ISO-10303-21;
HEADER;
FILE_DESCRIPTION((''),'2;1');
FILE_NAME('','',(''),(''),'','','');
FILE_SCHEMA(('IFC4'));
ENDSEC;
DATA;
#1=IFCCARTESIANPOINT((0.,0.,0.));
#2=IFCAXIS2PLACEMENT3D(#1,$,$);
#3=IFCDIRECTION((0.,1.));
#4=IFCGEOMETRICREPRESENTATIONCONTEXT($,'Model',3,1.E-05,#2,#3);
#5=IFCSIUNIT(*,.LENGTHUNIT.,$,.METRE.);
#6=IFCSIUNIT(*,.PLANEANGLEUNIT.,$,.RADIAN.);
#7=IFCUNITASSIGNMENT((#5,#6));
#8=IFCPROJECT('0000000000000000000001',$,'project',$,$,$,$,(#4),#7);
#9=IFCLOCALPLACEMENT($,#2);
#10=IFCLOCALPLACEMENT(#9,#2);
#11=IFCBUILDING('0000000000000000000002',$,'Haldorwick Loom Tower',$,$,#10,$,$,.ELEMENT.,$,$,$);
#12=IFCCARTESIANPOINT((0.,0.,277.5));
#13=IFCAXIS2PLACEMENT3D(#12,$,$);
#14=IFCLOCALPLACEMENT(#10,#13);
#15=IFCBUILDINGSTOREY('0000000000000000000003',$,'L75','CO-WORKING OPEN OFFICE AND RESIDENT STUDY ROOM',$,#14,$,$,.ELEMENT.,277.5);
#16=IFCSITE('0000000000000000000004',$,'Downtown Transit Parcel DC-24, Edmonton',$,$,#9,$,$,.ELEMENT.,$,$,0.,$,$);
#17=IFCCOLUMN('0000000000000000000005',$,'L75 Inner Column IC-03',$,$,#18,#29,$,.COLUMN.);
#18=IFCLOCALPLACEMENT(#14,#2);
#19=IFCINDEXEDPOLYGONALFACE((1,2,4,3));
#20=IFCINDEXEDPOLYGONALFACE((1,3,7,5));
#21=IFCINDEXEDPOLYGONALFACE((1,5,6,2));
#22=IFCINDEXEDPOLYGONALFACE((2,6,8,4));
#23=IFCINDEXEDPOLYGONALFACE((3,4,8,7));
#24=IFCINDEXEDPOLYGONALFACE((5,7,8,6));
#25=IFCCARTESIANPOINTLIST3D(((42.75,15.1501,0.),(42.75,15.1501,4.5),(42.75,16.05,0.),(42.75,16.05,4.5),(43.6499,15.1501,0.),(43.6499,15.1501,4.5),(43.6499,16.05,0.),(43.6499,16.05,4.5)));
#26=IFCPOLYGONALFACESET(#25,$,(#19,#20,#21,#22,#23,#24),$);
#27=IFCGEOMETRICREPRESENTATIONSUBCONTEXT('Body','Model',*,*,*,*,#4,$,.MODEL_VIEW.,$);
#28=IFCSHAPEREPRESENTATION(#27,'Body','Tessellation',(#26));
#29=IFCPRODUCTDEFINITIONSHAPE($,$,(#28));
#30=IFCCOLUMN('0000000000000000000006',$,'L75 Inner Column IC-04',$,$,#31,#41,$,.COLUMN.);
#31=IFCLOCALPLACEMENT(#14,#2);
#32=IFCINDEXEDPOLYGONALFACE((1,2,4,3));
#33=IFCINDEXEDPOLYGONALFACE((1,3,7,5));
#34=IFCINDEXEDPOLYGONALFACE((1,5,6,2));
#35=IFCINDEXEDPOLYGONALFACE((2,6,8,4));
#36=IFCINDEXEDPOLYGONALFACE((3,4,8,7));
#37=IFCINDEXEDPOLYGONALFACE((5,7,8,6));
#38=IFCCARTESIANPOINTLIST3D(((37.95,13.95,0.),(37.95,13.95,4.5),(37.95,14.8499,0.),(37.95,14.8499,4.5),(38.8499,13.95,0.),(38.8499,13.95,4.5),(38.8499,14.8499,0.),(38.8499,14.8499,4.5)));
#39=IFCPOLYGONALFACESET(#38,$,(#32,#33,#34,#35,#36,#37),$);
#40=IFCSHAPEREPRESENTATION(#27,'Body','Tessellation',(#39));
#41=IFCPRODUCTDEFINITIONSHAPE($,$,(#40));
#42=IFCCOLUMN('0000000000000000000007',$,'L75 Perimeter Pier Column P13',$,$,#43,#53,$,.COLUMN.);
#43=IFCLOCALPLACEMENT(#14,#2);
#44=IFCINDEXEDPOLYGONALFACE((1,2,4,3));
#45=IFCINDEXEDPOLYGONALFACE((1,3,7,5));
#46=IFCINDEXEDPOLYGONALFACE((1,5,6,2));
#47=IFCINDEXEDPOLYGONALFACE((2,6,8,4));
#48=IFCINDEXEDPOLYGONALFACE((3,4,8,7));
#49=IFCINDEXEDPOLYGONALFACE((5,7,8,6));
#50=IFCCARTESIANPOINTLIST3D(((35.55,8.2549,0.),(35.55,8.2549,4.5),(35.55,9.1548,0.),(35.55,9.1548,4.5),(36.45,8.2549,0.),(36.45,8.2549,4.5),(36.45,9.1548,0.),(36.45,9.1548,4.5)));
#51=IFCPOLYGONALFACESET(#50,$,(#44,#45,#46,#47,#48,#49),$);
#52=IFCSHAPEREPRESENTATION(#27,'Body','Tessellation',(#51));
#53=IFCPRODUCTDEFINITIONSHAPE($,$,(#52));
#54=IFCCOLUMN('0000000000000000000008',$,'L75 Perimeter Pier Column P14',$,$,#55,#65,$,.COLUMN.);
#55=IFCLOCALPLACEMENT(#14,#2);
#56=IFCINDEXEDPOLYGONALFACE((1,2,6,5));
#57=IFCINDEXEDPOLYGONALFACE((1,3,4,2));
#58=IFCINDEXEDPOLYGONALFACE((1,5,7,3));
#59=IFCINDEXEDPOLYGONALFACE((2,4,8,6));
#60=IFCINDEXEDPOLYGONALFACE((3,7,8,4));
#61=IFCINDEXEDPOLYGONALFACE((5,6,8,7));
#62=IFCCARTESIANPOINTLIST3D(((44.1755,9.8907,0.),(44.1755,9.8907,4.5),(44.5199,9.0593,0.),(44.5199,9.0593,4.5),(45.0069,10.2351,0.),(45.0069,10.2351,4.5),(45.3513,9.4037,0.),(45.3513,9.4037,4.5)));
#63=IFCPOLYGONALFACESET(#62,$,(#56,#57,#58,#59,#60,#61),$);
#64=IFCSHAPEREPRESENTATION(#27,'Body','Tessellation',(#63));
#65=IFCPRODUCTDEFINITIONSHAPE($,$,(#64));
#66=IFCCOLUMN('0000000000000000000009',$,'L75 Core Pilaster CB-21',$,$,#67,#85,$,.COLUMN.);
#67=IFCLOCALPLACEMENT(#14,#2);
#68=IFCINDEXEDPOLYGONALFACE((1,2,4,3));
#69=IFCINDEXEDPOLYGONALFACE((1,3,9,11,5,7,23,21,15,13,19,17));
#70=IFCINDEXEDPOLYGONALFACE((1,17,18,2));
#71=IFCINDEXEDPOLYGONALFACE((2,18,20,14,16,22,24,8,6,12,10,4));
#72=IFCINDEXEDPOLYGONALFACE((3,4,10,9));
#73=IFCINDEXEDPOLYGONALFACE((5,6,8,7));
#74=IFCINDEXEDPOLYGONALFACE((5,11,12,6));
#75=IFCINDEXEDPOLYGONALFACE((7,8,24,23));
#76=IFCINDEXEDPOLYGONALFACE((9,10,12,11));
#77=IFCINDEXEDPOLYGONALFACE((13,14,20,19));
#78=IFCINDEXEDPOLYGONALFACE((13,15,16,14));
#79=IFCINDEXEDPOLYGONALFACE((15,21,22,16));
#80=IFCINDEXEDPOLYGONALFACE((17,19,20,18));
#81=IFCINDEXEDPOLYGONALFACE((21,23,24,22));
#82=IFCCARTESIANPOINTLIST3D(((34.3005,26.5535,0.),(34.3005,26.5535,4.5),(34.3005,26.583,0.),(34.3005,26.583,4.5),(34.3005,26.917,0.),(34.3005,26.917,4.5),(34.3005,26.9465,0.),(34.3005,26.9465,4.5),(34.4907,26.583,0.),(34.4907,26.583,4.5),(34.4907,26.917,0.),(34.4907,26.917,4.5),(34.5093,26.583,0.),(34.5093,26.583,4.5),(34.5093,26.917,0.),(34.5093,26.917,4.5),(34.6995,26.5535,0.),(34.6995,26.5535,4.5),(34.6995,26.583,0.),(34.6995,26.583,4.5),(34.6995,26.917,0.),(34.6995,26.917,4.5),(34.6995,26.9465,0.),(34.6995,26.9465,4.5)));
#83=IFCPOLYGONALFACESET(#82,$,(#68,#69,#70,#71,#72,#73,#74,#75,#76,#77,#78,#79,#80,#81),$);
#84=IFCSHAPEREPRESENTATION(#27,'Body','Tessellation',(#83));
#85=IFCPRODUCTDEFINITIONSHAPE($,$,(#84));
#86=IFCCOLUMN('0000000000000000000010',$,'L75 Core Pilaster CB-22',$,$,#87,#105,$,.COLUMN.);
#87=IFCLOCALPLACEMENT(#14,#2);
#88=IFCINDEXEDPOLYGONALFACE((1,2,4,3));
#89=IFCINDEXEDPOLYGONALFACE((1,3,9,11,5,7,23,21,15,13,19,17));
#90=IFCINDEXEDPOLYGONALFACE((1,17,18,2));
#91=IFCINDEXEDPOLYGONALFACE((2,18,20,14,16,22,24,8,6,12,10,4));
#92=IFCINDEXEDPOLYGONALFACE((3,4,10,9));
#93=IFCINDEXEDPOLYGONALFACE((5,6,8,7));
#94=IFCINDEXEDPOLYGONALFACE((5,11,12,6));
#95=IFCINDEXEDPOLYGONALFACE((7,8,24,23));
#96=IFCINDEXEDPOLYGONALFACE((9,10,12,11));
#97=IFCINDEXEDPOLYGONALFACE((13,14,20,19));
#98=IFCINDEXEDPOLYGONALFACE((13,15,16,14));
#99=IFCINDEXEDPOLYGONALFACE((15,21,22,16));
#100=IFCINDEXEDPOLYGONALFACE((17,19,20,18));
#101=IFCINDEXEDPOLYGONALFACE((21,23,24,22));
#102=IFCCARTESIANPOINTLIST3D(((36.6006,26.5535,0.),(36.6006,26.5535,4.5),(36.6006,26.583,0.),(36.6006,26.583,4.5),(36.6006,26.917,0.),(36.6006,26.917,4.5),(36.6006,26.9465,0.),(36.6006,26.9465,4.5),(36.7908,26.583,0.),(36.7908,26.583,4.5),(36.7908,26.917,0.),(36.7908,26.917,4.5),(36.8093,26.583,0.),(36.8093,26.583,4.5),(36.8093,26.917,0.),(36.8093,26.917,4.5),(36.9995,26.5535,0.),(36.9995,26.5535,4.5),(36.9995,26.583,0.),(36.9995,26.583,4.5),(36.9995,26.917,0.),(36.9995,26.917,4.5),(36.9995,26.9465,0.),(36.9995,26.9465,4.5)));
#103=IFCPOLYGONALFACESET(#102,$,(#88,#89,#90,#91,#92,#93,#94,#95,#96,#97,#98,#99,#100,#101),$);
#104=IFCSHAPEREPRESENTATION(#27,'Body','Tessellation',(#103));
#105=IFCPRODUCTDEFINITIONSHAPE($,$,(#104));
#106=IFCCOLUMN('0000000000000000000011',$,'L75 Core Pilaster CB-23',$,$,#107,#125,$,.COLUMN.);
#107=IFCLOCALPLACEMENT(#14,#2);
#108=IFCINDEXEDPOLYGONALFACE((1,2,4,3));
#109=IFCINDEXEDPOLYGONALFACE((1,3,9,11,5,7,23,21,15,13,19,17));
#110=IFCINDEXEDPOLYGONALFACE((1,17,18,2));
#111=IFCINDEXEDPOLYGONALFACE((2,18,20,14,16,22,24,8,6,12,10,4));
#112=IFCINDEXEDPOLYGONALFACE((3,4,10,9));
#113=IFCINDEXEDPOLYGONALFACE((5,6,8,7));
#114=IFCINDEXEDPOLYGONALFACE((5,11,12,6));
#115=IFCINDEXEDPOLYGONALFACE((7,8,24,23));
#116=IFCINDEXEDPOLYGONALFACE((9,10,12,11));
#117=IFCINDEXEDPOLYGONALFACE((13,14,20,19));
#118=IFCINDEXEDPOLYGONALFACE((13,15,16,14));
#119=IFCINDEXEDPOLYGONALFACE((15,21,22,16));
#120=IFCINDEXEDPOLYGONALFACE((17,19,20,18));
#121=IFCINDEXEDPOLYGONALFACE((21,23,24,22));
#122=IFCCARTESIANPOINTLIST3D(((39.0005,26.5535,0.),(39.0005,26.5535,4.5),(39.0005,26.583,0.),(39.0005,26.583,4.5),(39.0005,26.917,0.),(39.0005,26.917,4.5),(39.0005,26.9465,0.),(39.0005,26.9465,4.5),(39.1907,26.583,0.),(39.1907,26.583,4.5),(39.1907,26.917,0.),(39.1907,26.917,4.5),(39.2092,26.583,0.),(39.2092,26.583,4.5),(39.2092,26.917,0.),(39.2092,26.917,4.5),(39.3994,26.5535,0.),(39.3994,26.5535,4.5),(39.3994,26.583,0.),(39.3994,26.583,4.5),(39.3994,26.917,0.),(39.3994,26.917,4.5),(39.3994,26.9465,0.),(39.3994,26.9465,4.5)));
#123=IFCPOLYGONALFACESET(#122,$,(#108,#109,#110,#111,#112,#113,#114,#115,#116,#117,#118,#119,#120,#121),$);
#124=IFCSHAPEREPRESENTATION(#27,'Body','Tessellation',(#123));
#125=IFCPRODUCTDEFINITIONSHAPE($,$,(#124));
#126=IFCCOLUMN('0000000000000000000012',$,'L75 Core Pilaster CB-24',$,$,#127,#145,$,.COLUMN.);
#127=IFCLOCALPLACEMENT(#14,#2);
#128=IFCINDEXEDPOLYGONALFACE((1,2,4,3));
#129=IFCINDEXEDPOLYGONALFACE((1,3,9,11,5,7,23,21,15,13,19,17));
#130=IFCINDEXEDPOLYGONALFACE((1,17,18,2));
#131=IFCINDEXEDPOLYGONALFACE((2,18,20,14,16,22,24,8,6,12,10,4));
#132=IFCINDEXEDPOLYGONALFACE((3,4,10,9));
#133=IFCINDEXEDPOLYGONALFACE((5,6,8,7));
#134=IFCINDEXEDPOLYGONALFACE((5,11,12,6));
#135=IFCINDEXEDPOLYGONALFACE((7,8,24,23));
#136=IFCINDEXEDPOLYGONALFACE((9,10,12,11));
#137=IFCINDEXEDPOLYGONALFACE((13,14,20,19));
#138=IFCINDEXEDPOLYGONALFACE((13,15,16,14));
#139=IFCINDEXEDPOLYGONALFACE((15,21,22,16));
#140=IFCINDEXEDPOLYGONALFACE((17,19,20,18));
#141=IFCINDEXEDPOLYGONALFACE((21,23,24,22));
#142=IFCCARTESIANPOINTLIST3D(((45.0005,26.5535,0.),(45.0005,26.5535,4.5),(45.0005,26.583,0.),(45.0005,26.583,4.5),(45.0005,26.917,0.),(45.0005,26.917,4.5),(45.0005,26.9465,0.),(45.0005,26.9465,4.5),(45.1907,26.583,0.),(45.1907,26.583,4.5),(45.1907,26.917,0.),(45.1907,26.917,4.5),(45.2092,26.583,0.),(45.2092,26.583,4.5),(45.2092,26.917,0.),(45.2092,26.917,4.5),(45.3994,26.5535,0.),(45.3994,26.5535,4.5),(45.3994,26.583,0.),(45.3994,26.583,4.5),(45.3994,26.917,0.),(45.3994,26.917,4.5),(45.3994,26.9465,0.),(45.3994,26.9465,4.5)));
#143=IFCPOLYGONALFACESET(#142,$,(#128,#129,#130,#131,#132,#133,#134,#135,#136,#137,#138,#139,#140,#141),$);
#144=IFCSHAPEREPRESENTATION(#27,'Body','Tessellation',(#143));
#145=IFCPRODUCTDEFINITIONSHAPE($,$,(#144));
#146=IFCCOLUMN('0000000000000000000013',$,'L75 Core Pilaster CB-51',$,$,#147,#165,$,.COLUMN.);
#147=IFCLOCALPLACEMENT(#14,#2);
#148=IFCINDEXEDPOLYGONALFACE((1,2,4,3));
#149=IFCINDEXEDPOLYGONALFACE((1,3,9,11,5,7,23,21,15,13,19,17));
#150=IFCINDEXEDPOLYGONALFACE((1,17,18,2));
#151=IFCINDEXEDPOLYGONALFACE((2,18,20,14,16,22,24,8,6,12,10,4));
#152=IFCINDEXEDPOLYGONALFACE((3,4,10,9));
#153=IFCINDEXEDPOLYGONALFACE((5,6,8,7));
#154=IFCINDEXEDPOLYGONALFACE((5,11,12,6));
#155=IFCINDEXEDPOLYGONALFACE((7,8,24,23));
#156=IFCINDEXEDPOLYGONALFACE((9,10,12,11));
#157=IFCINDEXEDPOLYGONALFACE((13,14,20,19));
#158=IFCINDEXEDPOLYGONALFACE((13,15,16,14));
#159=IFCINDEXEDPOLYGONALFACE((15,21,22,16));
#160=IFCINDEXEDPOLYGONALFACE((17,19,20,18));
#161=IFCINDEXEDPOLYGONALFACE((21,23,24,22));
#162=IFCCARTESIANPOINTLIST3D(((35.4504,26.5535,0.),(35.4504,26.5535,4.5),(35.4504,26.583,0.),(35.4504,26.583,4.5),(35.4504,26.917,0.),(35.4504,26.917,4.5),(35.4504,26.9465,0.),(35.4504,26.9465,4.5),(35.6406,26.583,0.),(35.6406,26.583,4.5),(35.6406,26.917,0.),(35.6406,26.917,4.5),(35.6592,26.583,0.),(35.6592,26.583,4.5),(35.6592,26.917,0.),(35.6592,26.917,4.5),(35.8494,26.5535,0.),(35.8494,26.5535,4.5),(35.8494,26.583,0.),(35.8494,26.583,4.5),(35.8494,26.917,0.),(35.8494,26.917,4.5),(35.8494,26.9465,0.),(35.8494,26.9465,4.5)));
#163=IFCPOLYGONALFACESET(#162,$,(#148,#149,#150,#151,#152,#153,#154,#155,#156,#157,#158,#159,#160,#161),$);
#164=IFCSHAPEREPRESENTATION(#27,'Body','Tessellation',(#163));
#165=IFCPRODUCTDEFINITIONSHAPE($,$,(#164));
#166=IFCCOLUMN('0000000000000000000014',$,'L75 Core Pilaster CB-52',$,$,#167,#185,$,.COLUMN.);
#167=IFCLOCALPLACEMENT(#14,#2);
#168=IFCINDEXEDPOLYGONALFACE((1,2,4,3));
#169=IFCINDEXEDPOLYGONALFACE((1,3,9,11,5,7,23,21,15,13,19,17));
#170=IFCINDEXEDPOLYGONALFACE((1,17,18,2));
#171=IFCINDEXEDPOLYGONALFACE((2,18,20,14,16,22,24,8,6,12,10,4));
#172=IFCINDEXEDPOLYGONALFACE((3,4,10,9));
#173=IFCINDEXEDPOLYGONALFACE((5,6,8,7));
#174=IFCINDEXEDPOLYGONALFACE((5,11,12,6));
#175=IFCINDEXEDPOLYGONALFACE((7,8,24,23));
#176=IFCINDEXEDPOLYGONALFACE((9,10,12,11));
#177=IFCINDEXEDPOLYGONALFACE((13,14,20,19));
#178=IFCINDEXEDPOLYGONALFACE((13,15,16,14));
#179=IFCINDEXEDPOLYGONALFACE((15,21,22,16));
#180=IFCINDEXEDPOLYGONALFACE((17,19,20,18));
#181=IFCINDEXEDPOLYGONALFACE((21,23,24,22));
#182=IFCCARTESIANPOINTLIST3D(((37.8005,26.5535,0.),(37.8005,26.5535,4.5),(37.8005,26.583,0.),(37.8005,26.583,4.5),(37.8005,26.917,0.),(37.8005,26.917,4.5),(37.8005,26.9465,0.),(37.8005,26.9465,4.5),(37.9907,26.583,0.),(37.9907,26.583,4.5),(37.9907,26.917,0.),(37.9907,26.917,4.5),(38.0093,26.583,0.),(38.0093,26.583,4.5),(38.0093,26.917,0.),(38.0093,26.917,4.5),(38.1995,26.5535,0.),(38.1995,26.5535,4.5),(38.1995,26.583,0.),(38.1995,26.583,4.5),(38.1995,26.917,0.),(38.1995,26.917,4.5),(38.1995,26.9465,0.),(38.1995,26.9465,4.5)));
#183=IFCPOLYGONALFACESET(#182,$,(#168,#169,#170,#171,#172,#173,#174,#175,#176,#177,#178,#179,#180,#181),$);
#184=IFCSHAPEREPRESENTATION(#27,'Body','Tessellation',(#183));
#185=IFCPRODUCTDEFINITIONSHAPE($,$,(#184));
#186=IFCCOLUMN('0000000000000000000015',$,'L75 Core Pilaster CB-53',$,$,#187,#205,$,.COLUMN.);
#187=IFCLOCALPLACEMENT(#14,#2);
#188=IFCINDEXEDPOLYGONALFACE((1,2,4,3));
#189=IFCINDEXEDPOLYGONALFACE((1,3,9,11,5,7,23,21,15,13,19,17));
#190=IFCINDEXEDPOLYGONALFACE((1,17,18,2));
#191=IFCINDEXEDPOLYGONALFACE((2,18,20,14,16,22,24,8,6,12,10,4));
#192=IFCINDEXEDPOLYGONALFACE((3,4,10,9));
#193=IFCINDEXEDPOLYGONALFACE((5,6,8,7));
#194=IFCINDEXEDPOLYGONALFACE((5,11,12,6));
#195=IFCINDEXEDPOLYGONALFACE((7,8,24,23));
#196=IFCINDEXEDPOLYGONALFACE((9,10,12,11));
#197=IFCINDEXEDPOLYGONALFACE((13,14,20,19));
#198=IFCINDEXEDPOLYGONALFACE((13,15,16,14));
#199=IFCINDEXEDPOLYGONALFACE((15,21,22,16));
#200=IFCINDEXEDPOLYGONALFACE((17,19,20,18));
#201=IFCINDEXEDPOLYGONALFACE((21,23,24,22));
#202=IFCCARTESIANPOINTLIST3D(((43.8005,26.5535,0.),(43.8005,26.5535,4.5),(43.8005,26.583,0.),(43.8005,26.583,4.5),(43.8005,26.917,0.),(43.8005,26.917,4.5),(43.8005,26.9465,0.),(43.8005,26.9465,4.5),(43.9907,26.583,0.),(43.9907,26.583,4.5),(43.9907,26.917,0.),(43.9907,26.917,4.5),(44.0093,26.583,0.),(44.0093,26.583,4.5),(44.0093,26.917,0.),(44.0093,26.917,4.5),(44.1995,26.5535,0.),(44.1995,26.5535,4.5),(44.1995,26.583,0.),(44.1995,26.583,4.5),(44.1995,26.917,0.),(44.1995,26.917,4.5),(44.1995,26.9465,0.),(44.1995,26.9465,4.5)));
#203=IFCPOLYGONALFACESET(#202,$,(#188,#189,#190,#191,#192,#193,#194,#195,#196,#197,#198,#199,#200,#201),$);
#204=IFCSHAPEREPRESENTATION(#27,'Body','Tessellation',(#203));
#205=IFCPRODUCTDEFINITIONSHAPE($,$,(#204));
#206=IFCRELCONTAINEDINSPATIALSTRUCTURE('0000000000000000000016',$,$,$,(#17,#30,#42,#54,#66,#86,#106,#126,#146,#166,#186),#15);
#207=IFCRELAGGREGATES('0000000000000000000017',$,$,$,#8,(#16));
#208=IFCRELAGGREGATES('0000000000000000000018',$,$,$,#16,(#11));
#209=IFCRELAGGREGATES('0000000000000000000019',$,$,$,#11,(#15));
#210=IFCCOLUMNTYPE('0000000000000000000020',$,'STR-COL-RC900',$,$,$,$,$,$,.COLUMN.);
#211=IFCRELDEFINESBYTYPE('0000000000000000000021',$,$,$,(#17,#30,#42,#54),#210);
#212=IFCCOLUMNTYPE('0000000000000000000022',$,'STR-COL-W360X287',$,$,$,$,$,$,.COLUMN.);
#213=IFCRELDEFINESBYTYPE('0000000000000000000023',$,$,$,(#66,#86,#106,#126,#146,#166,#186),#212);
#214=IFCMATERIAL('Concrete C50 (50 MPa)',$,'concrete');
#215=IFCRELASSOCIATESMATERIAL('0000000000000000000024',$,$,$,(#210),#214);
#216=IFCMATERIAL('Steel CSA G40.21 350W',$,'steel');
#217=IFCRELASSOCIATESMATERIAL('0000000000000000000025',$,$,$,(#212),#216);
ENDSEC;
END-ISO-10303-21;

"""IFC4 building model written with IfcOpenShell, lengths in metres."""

from ifc_helpers import new_model, si_unit, direction, frame, origin, origin_2d, place, context, subcontext, project, spatial, rectangle, i_section, extrude, material, material_profile, profile_set, type_object, element, save


model = new_model("IFC4")

# Units and contexts
model_context = context("Model", 3, precision=1e-05, world=origin(), true_north=direction((0.0, 1.0)))
body_context = subcontext(model_context, "Body", "Model", "MODEL_VIEW")
ifc_project = project(units=[si_unit("LENGTHUNIT", "METRE"), si_unit("PLANEANGLEUNIT", "RADIAN")], contexts=[model_context])

# Site, building, storey
site_placement = place(None, origin())
site = spatial("IfcSite", under=ifc_project, at=site_placement, Name="Downtown Transit Parcel DC-24, Edmonton", CompositionType="ELEMENT", RefElevation=0.0)
building_placement = place(site_placement, origin())
building = spatial("IfcBuilding", under=site, at=building_placement, Name="Haldorwick Loom Tower", CompositionType="ELEMENT")
storey_placement = place(building_placement, frame((0.0, 0.0, 277.5)))
storey = spatial("IfcBuildingStorey", under=building, at=storey_placement, Name="L75", Description="CO-WORKING OPEN OFFICE AND RESIDENT STUDY ROOM", CompositionType="ELEMENT", Elevation=277.5)

# Columns
ifc_material_1 = material(Name="Concrete C50 (50 MPa)", Category="concrete")
ifc_material_profile_1 = material_profile(ifc_material_1, rectangle(XDim=0.8999, YDim=0.8999, at=origin_2d()), Name="RC900X900", Category="concrete")
ifc_profile_set_1 = profile_set([ifc_material_profile_1], Name="Concrete C50 (50 MPa)")
column_type_1 = type_object("IfcColumnType", Name="STR-COL-RC900", PredefinedType="COLUMN", material=ifc_profile_set_1)
for number, where, z_axis, x_axis, name in (
    (1, (43.2, 15.6001, 0.0), (0.0, 0.0, 1.0), (1.0, 0.0, 0.0), "L75 Inner Column IC-03"),
    (2, (38.3999, 14.3999, 0.0), (0.0, 0.0, 1.0), (1.0, 0.0, 0.0), "L75 Inner Column IC-04"),
    (3, (36.0, 8.7048, 0.0), (0.0, 0.0, 1.0), (0.0, -1.0, 0.0), "L75 Perimeter Pier Column P13"),
    (4, (44.7634, 9.6472, 0.0), (0.0, 0.0, 1.0), (0.382683, -0.92388, 0.0), "L75 Perimeter Pier Column P14"),
):
    element("IfcColumn", number, at=place(storey_placement, frame(where, z_axis=z_axis, x_axis=x_axis)), inside=storey, type_object=column_type_1, Name=name, PredefinedType="COLUMN", context=body_context, shape_type="SweptSolid", body=[
        extrude(rectangle(XDim=0.8999, YDim=0.8999, at=origin_2d()), origin(), (0.0, 0.0, 1.0), 4.5),
    ])
ifc_material_2 = material(Name="Steel CSA G40.21 350W", Category="steel")
ifc_material_profile_2 = material_profile(ifc_material_2, i_section(OverallWidth=0.3989, OverallDepth=0.3931, WebThickness=0.0186, FlangeThickness=0.0295, at=origin_2d()), Name="W360X287", Category="steel")
ifc_profile_set_2 = profile_set([ifc_material_profile_2], Name="Steel CSA G40.21 350W")
column_type_2 = type_object("IfcColumnType", Name="STR-COL-W360X287", PredefinedType="COLUMN", material=ifc_profile_set_2)
for number, where, z_axis, x_axis, name in (
    (5, (34.5, 26.75, 0.0), (0.0, 0.0, 1.0), (1.0, 0.0, 0.0), "L75 Core Pilaster CB-21"),
    (6, (36.8, 26.75, 0.0), (0.0, 0.0, 1.0), (1.0, 0.0, 0.0), "L75 Core Pilaster CB-22"),
    (7, (39.2, 26.75, 0.0), (0.0, 0.0, 1.0), (1.0, 0.0, 0.0), "L75 Core Pilaster CB-23"),
    (8, (45.2, 26.75, 0.0), (0.0, 0.0, 1.0), (1.0, 0.0, 0.0), "L75 Core Pilaster CB-24"),
    (9, (35.6499, 26.75, 0.0), (0.0, 0.0, 1.0), (1.0, 0.0, 0.0), "L75 Core Pilaster CB-51"),
    (10, (38.0, 26.75, 0.0), (0.0, 0.0, 1.0), (1.0, 0.0, 0.0), "L75 Core Pilaster CB-52"),
    (11, (44.0, 26.75, 0.0), (0.0, 0.0, 1.0), (1.0, 0.0, 0.0), "L75 Core Pilaster CB-53"),
):
    element("IfcColumn", number, at=place(storey_placement, frame(where, z_axis=z_axis, x_axis=x_axis)), inside=storey, type_object=column_type_2, Name=name, PredefinedType="COLUMN", context=body_context, shape_type="SweptSolid", body=[
        extrude(i_section(OverallWidth=0.3989, OverallDepth=0.3931, WebThickness=0.0186, FlangeThickness=0.0295, at=origin_2d()), origin(), (0.0, 0.0, 1.0), 4.5),
    ])

save(model, "model.ifc")
